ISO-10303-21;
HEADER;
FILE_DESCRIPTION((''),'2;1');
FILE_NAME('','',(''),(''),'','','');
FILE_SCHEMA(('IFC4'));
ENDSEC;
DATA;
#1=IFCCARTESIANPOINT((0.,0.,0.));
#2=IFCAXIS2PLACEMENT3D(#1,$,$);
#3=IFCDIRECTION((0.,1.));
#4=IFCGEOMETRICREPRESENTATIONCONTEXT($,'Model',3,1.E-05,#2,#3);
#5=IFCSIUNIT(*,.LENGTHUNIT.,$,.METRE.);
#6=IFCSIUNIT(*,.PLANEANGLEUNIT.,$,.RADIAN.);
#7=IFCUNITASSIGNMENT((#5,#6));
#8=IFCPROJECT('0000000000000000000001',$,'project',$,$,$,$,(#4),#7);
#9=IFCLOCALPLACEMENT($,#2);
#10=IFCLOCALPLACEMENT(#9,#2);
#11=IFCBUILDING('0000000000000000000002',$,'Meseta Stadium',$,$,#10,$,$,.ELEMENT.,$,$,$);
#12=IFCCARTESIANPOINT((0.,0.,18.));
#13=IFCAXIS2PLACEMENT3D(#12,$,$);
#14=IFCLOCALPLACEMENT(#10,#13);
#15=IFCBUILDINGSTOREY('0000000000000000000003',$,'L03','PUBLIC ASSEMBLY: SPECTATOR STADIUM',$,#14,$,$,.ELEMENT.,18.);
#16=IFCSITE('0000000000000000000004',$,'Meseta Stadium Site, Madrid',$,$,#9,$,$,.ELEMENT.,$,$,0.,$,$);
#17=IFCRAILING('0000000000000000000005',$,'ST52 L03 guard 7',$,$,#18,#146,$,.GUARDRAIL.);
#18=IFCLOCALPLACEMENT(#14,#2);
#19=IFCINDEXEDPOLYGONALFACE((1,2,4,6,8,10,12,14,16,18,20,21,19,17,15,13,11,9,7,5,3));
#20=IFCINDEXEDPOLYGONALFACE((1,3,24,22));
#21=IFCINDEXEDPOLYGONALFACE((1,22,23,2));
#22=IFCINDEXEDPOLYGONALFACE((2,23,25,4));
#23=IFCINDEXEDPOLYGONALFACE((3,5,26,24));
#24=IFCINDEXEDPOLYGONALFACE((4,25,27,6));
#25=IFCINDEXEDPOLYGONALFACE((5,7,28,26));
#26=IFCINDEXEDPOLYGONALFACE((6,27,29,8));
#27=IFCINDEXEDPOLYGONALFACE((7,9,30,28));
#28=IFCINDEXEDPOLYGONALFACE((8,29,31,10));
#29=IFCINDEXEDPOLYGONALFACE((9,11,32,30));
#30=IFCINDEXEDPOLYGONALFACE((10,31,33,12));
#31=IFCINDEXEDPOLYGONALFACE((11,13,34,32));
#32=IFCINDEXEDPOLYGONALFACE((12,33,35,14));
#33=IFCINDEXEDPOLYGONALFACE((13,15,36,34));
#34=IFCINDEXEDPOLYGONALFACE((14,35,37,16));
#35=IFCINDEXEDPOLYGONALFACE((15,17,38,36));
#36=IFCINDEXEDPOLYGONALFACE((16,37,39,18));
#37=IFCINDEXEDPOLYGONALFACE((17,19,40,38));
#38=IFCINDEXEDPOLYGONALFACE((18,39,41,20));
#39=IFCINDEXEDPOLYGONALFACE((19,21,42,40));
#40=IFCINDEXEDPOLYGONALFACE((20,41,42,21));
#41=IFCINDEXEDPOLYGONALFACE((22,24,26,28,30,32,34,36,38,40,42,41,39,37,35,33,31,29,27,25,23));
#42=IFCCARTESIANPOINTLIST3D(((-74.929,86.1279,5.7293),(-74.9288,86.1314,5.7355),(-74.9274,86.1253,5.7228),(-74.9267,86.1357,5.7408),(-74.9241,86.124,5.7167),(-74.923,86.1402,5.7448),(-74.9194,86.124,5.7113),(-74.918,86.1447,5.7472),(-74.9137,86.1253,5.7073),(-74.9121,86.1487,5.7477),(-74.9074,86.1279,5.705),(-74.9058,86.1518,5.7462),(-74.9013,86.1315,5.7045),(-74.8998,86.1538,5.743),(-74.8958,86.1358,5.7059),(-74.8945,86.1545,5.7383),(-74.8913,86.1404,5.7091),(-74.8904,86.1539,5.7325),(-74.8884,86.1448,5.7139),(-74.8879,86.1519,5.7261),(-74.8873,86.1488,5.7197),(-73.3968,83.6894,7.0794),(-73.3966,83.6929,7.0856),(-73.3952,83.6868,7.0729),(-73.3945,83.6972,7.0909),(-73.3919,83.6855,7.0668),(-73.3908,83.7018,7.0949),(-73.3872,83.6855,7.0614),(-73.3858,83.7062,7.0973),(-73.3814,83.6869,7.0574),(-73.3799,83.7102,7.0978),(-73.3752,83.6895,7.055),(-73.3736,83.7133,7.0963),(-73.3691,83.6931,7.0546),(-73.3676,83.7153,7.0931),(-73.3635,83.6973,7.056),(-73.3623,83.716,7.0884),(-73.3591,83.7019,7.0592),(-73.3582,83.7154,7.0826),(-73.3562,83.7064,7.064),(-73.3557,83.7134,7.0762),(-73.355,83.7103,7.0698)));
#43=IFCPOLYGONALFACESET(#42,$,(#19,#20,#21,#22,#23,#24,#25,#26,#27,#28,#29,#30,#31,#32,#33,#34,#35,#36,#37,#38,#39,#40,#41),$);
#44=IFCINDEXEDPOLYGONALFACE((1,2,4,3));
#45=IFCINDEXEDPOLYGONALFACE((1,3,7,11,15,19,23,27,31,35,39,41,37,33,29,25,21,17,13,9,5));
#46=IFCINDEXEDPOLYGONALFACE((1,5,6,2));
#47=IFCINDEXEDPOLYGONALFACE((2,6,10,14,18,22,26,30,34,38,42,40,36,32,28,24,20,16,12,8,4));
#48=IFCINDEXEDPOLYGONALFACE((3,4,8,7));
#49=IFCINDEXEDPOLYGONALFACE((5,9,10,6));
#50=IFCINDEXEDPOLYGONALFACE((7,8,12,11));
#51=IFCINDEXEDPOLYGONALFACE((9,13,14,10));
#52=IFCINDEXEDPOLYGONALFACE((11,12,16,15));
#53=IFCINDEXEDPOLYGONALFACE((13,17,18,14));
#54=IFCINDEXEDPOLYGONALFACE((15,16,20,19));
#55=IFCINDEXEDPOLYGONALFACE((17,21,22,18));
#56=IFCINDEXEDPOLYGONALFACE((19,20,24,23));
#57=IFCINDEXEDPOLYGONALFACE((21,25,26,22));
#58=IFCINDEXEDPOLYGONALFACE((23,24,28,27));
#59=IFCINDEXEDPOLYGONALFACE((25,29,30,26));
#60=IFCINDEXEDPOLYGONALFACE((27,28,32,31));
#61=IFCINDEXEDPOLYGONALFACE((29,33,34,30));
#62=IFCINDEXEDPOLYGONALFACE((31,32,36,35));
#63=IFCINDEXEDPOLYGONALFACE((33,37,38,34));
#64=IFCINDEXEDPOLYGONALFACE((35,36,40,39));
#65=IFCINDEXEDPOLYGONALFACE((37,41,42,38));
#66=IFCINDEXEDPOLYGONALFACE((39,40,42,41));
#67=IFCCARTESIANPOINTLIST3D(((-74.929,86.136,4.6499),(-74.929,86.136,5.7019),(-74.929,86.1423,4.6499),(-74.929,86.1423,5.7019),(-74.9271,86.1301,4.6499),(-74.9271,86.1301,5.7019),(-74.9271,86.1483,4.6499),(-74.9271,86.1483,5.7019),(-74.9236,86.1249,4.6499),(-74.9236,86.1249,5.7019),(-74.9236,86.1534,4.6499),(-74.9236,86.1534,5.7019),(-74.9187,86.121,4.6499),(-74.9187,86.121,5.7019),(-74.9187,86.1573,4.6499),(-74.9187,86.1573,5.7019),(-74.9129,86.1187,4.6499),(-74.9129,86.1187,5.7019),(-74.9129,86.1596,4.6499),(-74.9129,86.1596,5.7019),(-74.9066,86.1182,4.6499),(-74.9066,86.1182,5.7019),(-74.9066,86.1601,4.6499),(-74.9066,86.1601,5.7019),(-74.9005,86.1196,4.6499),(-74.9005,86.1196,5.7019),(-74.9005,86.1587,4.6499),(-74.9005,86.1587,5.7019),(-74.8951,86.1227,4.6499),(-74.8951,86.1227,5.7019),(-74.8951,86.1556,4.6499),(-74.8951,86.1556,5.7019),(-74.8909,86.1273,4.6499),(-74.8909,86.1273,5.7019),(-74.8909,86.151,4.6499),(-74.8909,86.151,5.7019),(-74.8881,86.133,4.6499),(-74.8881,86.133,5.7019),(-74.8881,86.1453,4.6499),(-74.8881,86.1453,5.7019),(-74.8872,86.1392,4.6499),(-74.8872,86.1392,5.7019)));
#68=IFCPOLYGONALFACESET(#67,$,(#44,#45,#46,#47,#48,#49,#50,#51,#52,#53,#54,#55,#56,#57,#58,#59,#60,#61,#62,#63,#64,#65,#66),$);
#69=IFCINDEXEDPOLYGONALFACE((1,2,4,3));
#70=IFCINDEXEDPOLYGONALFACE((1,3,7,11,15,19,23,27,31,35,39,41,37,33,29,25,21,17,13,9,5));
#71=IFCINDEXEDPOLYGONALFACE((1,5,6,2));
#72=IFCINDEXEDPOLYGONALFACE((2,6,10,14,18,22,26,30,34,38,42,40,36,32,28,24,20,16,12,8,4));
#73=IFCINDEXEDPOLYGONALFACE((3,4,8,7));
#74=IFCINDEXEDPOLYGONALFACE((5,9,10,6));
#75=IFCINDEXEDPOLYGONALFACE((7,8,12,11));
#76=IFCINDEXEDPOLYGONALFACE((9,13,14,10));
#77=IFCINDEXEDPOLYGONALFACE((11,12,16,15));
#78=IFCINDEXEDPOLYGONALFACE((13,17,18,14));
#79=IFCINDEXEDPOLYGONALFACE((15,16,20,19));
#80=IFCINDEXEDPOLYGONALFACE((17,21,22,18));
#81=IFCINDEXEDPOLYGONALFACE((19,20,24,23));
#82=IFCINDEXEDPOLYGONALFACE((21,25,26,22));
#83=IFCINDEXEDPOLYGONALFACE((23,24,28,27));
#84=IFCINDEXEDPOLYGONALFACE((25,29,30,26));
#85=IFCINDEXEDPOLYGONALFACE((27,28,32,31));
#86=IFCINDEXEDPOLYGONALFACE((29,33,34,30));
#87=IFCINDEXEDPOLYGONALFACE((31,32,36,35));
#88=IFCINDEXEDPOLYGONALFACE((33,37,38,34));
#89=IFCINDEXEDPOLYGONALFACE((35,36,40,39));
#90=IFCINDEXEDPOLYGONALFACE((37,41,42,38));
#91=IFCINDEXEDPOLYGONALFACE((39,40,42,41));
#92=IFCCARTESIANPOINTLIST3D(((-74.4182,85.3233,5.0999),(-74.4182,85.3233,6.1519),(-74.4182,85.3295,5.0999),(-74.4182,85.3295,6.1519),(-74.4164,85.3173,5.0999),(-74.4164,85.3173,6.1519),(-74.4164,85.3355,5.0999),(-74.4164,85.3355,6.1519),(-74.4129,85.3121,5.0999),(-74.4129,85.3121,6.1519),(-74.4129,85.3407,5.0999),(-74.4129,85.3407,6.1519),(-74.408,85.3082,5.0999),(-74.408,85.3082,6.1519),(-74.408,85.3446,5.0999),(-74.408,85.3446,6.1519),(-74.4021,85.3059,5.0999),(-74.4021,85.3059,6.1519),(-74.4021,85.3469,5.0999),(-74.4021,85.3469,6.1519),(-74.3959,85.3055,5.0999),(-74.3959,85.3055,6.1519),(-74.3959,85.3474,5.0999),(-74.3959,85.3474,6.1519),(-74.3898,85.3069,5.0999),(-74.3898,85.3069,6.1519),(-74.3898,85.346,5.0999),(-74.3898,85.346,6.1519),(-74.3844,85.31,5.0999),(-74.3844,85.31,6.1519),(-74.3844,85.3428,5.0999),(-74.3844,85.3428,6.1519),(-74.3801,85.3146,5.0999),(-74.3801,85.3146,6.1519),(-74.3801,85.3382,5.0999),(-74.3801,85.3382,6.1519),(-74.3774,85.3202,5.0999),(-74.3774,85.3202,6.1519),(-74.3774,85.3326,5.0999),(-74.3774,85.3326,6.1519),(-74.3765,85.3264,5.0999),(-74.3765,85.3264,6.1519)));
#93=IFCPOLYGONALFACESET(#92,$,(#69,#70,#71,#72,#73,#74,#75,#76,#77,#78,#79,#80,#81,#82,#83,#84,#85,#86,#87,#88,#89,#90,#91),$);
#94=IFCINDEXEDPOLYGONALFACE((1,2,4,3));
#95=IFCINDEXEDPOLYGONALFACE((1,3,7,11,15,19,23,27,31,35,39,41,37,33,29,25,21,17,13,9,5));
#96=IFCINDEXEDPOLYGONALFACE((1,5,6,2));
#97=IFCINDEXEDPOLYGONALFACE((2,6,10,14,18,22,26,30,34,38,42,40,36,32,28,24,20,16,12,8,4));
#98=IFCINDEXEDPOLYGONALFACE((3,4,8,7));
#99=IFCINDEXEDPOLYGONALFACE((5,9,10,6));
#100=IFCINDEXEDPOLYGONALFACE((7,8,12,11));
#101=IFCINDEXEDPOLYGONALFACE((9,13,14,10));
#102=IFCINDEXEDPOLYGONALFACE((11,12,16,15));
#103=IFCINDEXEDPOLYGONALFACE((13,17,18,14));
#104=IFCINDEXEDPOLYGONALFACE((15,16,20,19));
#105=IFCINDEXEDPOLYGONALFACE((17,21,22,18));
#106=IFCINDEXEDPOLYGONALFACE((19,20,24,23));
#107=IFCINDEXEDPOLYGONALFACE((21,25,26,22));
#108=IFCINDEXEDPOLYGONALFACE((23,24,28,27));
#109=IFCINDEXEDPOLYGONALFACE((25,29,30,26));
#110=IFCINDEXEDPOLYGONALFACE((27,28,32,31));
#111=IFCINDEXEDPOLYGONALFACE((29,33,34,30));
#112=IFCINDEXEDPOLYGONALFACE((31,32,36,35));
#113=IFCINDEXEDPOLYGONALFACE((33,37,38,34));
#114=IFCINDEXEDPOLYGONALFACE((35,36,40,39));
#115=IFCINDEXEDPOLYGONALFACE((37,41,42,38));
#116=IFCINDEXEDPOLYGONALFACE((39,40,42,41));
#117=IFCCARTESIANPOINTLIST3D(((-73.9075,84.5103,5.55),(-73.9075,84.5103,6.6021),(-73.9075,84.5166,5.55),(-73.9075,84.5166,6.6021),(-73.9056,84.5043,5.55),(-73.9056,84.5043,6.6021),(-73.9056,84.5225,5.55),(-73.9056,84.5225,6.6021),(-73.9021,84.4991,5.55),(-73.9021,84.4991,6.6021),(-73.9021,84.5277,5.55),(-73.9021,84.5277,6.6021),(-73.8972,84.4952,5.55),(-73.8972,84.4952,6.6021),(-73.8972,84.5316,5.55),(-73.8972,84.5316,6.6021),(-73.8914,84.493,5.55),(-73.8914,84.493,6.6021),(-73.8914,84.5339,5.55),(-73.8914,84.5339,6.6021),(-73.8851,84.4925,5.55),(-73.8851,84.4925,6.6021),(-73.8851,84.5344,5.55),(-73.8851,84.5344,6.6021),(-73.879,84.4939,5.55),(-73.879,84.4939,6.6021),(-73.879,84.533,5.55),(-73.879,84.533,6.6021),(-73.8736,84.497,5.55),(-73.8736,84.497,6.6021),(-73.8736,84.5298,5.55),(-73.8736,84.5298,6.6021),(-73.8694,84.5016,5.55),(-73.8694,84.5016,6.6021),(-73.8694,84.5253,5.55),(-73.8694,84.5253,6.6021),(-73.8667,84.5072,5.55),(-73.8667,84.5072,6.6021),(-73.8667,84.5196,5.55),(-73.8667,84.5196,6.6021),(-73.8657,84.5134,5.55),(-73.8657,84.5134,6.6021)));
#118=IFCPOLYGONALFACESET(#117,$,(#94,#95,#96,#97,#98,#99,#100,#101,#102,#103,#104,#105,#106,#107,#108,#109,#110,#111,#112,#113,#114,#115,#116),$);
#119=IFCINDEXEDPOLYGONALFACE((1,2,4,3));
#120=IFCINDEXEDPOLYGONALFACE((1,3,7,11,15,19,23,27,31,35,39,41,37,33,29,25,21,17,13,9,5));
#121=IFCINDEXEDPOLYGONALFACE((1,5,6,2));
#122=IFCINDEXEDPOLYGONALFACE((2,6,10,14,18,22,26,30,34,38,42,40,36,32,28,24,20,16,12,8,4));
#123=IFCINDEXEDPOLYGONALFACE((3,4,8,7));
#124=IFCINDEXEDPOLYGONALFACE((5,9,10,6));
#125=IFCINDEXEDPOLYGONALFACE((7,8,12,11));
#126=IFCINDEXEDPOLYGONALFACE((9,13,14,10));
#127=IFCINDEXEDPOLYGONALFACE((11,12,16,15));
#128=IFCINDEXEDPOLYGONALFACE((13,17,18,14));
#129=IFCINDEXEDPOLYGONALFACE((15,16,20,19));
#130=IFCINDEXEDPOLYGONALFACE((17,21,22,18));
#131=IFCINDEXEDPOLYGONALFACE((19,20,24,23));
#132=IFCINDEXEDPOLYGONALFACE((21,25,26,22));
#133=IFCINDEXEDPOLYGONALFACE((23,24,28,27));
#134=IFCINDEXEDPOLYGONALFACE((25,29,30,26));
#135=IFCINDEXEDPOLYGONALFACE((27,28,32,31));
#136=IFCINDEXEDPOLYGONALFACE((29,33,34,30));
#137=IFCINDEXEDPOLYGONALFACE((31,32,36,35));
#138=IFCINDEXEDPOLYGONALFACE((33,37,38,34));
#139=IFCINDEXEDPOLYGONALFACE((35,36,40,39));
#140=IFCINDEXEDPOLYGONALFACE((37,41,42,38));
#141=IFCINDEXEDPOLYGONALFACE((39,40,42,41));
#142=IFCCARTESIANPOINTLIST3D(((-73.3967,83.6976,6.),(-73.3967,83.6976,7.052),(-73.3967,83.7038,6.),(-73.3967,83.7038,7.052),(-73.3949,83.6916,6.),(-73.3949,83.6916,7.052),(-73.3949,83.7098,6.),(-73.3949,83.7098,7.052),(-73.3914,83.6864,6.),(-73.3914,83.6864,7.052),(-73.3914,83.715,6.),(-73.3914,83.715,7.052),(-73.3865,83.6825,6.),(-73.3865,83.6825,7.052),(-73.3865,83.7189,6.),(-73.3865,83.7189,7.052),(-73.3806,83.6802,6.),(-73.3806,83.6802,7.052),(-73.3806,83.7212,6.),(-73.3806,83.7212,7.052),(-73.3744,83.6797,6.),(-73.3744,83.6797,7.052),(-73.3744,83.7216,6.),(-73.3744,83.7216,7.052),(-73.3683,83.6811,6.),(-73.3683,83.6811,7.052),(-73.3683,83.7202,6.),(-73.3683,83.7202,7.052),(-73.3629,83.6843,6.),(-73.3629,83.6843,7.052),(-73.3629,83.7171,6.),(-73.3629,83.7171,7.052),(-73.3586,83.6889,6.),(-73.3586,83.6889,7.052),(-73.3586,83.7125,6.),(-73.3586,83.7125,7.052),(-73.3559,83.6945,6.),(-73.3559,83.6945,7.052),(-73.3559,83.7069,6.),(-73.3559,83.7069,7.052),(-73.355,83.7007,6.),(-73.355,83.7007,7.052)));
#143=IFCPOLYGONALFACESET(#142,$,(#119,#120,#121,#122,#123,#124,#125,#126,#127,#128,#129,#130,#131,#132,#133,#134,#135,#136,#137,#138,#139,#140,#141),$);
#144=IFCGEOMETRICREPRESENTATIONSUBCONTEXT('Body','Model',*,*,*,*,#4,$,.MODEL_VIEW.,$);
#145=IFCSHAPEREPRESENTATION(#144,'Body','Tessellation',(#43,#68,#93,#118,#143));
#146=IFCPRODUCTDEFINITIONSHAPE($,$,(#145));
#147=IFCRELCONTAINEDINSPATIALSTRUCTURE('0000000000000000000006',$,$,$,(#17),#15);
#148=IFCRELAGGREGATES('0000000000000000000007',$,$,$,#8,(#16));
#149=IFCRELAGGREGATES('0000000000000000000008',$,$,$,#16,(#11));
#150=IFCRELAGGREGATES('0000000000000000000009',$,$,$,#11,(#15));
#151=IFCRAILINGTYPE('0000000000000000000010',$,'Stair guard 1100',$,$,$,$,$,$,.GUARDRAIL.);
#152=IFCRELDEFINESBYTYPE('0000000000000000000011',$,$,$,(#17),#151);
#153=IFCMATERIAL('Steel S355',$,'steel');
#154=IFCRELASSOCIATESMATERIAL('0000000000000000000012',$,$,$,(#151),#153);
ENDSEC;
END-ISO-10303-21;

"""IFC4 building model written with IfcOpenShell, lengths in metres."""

from ifc_helpers import new_model, si_unit, direction, frame, origin, origin_2d, place, context, subcontext, project, spatial, circle, extrude, material, type_object, element, save


model = new_model("IFC4")

# Units and contexts
model_context = context("Model", 3, precision=1e-05, world=origin(), true_north=direction((0.0, 1.0)))
body_context = subcontext(model_context, "Body", "Model", "MODEL_VIEW")
ifc_project = project(units=[si_unit("LENGTHUNIT", "METRE"), si_unit("PLANEANGLEUNIT", "RADIAN")], contexts=[model_context])

# Site, building, storey
site_placement = place(None, origin())
site = spatial("IfcSite", under=ifc_project, at=site_placement, Name="Meseta Stadium Site, Madrid", CompositionType="ELEMENT", RefElevation=0.0)
building_placement = place(site_placement, origin())
building = spatial("IfcBuilding", under=site, at=building_placement, Name="Meseta Stadium", CompositionType="ELEMENT")
storey_placement = place(building_placement, frame((0.0, 0.0, 18.0)))
storey = spatial("IfcBuildingStorey", under=building, at=storey_placement, Name="L03", Description="PUBLIC ASSEMBLY: SPECTATOR STADIUM", CompositionType="ELEMENT", Elevation=18.0)

# Railing
ifc_material_1 = material(Name="Steel S355", Category="steel")
railing_type_1 = type_object("IfcRailingType", Name="Stair guard 1100", PredefinedType="GUARDRAIL", material=ifc_material_1)
railing_1_placement = place(storey_placement, frame((-74.9082, 86.1392, 4.6499)))
element("IfcRailing", 1, at=railing_1_placement, inside=storey, type_object=railing_type_1, Name="ST52 L03 guard 7", PredefinedType="GUARDRAIL", context=body_context, shape_type="SweptSolid", body=[
    extrude(circle(Radius=0.0239, at=origin_2d()), frame((0.0, 0.0, 1.0762), z_axis=(0.481731, -0.766655, 0.42447), x_axis=(0.846719, 0.53204, 0.0)), (0.0, 0.0, 1.0), 3.1807),
    extrude(circle(Radius=0.021, at=origin_2d()), origin(), (0.0, 0.0, 1.0), 1.052),
    extrude(circle(Radius=0.021, at=origin_2d()), frame((0.5107, -0.8127, 0.45)), (0.0, 0.0, 1.0), 1.052),
    extrude(circle(Radius=0.021, at=origin_2d()), frame((1.0215, -1.6257, 0.9001)), (0.0, 0.0, 1.0), 1.052),
    extrude(circle(Radius=0.021, at=origin_2d()), frame((1.5322, -2.4385, 1.3501)), (0.0, 0.0, 1.0), 1.052),
])

save(model, "model.ifc")
